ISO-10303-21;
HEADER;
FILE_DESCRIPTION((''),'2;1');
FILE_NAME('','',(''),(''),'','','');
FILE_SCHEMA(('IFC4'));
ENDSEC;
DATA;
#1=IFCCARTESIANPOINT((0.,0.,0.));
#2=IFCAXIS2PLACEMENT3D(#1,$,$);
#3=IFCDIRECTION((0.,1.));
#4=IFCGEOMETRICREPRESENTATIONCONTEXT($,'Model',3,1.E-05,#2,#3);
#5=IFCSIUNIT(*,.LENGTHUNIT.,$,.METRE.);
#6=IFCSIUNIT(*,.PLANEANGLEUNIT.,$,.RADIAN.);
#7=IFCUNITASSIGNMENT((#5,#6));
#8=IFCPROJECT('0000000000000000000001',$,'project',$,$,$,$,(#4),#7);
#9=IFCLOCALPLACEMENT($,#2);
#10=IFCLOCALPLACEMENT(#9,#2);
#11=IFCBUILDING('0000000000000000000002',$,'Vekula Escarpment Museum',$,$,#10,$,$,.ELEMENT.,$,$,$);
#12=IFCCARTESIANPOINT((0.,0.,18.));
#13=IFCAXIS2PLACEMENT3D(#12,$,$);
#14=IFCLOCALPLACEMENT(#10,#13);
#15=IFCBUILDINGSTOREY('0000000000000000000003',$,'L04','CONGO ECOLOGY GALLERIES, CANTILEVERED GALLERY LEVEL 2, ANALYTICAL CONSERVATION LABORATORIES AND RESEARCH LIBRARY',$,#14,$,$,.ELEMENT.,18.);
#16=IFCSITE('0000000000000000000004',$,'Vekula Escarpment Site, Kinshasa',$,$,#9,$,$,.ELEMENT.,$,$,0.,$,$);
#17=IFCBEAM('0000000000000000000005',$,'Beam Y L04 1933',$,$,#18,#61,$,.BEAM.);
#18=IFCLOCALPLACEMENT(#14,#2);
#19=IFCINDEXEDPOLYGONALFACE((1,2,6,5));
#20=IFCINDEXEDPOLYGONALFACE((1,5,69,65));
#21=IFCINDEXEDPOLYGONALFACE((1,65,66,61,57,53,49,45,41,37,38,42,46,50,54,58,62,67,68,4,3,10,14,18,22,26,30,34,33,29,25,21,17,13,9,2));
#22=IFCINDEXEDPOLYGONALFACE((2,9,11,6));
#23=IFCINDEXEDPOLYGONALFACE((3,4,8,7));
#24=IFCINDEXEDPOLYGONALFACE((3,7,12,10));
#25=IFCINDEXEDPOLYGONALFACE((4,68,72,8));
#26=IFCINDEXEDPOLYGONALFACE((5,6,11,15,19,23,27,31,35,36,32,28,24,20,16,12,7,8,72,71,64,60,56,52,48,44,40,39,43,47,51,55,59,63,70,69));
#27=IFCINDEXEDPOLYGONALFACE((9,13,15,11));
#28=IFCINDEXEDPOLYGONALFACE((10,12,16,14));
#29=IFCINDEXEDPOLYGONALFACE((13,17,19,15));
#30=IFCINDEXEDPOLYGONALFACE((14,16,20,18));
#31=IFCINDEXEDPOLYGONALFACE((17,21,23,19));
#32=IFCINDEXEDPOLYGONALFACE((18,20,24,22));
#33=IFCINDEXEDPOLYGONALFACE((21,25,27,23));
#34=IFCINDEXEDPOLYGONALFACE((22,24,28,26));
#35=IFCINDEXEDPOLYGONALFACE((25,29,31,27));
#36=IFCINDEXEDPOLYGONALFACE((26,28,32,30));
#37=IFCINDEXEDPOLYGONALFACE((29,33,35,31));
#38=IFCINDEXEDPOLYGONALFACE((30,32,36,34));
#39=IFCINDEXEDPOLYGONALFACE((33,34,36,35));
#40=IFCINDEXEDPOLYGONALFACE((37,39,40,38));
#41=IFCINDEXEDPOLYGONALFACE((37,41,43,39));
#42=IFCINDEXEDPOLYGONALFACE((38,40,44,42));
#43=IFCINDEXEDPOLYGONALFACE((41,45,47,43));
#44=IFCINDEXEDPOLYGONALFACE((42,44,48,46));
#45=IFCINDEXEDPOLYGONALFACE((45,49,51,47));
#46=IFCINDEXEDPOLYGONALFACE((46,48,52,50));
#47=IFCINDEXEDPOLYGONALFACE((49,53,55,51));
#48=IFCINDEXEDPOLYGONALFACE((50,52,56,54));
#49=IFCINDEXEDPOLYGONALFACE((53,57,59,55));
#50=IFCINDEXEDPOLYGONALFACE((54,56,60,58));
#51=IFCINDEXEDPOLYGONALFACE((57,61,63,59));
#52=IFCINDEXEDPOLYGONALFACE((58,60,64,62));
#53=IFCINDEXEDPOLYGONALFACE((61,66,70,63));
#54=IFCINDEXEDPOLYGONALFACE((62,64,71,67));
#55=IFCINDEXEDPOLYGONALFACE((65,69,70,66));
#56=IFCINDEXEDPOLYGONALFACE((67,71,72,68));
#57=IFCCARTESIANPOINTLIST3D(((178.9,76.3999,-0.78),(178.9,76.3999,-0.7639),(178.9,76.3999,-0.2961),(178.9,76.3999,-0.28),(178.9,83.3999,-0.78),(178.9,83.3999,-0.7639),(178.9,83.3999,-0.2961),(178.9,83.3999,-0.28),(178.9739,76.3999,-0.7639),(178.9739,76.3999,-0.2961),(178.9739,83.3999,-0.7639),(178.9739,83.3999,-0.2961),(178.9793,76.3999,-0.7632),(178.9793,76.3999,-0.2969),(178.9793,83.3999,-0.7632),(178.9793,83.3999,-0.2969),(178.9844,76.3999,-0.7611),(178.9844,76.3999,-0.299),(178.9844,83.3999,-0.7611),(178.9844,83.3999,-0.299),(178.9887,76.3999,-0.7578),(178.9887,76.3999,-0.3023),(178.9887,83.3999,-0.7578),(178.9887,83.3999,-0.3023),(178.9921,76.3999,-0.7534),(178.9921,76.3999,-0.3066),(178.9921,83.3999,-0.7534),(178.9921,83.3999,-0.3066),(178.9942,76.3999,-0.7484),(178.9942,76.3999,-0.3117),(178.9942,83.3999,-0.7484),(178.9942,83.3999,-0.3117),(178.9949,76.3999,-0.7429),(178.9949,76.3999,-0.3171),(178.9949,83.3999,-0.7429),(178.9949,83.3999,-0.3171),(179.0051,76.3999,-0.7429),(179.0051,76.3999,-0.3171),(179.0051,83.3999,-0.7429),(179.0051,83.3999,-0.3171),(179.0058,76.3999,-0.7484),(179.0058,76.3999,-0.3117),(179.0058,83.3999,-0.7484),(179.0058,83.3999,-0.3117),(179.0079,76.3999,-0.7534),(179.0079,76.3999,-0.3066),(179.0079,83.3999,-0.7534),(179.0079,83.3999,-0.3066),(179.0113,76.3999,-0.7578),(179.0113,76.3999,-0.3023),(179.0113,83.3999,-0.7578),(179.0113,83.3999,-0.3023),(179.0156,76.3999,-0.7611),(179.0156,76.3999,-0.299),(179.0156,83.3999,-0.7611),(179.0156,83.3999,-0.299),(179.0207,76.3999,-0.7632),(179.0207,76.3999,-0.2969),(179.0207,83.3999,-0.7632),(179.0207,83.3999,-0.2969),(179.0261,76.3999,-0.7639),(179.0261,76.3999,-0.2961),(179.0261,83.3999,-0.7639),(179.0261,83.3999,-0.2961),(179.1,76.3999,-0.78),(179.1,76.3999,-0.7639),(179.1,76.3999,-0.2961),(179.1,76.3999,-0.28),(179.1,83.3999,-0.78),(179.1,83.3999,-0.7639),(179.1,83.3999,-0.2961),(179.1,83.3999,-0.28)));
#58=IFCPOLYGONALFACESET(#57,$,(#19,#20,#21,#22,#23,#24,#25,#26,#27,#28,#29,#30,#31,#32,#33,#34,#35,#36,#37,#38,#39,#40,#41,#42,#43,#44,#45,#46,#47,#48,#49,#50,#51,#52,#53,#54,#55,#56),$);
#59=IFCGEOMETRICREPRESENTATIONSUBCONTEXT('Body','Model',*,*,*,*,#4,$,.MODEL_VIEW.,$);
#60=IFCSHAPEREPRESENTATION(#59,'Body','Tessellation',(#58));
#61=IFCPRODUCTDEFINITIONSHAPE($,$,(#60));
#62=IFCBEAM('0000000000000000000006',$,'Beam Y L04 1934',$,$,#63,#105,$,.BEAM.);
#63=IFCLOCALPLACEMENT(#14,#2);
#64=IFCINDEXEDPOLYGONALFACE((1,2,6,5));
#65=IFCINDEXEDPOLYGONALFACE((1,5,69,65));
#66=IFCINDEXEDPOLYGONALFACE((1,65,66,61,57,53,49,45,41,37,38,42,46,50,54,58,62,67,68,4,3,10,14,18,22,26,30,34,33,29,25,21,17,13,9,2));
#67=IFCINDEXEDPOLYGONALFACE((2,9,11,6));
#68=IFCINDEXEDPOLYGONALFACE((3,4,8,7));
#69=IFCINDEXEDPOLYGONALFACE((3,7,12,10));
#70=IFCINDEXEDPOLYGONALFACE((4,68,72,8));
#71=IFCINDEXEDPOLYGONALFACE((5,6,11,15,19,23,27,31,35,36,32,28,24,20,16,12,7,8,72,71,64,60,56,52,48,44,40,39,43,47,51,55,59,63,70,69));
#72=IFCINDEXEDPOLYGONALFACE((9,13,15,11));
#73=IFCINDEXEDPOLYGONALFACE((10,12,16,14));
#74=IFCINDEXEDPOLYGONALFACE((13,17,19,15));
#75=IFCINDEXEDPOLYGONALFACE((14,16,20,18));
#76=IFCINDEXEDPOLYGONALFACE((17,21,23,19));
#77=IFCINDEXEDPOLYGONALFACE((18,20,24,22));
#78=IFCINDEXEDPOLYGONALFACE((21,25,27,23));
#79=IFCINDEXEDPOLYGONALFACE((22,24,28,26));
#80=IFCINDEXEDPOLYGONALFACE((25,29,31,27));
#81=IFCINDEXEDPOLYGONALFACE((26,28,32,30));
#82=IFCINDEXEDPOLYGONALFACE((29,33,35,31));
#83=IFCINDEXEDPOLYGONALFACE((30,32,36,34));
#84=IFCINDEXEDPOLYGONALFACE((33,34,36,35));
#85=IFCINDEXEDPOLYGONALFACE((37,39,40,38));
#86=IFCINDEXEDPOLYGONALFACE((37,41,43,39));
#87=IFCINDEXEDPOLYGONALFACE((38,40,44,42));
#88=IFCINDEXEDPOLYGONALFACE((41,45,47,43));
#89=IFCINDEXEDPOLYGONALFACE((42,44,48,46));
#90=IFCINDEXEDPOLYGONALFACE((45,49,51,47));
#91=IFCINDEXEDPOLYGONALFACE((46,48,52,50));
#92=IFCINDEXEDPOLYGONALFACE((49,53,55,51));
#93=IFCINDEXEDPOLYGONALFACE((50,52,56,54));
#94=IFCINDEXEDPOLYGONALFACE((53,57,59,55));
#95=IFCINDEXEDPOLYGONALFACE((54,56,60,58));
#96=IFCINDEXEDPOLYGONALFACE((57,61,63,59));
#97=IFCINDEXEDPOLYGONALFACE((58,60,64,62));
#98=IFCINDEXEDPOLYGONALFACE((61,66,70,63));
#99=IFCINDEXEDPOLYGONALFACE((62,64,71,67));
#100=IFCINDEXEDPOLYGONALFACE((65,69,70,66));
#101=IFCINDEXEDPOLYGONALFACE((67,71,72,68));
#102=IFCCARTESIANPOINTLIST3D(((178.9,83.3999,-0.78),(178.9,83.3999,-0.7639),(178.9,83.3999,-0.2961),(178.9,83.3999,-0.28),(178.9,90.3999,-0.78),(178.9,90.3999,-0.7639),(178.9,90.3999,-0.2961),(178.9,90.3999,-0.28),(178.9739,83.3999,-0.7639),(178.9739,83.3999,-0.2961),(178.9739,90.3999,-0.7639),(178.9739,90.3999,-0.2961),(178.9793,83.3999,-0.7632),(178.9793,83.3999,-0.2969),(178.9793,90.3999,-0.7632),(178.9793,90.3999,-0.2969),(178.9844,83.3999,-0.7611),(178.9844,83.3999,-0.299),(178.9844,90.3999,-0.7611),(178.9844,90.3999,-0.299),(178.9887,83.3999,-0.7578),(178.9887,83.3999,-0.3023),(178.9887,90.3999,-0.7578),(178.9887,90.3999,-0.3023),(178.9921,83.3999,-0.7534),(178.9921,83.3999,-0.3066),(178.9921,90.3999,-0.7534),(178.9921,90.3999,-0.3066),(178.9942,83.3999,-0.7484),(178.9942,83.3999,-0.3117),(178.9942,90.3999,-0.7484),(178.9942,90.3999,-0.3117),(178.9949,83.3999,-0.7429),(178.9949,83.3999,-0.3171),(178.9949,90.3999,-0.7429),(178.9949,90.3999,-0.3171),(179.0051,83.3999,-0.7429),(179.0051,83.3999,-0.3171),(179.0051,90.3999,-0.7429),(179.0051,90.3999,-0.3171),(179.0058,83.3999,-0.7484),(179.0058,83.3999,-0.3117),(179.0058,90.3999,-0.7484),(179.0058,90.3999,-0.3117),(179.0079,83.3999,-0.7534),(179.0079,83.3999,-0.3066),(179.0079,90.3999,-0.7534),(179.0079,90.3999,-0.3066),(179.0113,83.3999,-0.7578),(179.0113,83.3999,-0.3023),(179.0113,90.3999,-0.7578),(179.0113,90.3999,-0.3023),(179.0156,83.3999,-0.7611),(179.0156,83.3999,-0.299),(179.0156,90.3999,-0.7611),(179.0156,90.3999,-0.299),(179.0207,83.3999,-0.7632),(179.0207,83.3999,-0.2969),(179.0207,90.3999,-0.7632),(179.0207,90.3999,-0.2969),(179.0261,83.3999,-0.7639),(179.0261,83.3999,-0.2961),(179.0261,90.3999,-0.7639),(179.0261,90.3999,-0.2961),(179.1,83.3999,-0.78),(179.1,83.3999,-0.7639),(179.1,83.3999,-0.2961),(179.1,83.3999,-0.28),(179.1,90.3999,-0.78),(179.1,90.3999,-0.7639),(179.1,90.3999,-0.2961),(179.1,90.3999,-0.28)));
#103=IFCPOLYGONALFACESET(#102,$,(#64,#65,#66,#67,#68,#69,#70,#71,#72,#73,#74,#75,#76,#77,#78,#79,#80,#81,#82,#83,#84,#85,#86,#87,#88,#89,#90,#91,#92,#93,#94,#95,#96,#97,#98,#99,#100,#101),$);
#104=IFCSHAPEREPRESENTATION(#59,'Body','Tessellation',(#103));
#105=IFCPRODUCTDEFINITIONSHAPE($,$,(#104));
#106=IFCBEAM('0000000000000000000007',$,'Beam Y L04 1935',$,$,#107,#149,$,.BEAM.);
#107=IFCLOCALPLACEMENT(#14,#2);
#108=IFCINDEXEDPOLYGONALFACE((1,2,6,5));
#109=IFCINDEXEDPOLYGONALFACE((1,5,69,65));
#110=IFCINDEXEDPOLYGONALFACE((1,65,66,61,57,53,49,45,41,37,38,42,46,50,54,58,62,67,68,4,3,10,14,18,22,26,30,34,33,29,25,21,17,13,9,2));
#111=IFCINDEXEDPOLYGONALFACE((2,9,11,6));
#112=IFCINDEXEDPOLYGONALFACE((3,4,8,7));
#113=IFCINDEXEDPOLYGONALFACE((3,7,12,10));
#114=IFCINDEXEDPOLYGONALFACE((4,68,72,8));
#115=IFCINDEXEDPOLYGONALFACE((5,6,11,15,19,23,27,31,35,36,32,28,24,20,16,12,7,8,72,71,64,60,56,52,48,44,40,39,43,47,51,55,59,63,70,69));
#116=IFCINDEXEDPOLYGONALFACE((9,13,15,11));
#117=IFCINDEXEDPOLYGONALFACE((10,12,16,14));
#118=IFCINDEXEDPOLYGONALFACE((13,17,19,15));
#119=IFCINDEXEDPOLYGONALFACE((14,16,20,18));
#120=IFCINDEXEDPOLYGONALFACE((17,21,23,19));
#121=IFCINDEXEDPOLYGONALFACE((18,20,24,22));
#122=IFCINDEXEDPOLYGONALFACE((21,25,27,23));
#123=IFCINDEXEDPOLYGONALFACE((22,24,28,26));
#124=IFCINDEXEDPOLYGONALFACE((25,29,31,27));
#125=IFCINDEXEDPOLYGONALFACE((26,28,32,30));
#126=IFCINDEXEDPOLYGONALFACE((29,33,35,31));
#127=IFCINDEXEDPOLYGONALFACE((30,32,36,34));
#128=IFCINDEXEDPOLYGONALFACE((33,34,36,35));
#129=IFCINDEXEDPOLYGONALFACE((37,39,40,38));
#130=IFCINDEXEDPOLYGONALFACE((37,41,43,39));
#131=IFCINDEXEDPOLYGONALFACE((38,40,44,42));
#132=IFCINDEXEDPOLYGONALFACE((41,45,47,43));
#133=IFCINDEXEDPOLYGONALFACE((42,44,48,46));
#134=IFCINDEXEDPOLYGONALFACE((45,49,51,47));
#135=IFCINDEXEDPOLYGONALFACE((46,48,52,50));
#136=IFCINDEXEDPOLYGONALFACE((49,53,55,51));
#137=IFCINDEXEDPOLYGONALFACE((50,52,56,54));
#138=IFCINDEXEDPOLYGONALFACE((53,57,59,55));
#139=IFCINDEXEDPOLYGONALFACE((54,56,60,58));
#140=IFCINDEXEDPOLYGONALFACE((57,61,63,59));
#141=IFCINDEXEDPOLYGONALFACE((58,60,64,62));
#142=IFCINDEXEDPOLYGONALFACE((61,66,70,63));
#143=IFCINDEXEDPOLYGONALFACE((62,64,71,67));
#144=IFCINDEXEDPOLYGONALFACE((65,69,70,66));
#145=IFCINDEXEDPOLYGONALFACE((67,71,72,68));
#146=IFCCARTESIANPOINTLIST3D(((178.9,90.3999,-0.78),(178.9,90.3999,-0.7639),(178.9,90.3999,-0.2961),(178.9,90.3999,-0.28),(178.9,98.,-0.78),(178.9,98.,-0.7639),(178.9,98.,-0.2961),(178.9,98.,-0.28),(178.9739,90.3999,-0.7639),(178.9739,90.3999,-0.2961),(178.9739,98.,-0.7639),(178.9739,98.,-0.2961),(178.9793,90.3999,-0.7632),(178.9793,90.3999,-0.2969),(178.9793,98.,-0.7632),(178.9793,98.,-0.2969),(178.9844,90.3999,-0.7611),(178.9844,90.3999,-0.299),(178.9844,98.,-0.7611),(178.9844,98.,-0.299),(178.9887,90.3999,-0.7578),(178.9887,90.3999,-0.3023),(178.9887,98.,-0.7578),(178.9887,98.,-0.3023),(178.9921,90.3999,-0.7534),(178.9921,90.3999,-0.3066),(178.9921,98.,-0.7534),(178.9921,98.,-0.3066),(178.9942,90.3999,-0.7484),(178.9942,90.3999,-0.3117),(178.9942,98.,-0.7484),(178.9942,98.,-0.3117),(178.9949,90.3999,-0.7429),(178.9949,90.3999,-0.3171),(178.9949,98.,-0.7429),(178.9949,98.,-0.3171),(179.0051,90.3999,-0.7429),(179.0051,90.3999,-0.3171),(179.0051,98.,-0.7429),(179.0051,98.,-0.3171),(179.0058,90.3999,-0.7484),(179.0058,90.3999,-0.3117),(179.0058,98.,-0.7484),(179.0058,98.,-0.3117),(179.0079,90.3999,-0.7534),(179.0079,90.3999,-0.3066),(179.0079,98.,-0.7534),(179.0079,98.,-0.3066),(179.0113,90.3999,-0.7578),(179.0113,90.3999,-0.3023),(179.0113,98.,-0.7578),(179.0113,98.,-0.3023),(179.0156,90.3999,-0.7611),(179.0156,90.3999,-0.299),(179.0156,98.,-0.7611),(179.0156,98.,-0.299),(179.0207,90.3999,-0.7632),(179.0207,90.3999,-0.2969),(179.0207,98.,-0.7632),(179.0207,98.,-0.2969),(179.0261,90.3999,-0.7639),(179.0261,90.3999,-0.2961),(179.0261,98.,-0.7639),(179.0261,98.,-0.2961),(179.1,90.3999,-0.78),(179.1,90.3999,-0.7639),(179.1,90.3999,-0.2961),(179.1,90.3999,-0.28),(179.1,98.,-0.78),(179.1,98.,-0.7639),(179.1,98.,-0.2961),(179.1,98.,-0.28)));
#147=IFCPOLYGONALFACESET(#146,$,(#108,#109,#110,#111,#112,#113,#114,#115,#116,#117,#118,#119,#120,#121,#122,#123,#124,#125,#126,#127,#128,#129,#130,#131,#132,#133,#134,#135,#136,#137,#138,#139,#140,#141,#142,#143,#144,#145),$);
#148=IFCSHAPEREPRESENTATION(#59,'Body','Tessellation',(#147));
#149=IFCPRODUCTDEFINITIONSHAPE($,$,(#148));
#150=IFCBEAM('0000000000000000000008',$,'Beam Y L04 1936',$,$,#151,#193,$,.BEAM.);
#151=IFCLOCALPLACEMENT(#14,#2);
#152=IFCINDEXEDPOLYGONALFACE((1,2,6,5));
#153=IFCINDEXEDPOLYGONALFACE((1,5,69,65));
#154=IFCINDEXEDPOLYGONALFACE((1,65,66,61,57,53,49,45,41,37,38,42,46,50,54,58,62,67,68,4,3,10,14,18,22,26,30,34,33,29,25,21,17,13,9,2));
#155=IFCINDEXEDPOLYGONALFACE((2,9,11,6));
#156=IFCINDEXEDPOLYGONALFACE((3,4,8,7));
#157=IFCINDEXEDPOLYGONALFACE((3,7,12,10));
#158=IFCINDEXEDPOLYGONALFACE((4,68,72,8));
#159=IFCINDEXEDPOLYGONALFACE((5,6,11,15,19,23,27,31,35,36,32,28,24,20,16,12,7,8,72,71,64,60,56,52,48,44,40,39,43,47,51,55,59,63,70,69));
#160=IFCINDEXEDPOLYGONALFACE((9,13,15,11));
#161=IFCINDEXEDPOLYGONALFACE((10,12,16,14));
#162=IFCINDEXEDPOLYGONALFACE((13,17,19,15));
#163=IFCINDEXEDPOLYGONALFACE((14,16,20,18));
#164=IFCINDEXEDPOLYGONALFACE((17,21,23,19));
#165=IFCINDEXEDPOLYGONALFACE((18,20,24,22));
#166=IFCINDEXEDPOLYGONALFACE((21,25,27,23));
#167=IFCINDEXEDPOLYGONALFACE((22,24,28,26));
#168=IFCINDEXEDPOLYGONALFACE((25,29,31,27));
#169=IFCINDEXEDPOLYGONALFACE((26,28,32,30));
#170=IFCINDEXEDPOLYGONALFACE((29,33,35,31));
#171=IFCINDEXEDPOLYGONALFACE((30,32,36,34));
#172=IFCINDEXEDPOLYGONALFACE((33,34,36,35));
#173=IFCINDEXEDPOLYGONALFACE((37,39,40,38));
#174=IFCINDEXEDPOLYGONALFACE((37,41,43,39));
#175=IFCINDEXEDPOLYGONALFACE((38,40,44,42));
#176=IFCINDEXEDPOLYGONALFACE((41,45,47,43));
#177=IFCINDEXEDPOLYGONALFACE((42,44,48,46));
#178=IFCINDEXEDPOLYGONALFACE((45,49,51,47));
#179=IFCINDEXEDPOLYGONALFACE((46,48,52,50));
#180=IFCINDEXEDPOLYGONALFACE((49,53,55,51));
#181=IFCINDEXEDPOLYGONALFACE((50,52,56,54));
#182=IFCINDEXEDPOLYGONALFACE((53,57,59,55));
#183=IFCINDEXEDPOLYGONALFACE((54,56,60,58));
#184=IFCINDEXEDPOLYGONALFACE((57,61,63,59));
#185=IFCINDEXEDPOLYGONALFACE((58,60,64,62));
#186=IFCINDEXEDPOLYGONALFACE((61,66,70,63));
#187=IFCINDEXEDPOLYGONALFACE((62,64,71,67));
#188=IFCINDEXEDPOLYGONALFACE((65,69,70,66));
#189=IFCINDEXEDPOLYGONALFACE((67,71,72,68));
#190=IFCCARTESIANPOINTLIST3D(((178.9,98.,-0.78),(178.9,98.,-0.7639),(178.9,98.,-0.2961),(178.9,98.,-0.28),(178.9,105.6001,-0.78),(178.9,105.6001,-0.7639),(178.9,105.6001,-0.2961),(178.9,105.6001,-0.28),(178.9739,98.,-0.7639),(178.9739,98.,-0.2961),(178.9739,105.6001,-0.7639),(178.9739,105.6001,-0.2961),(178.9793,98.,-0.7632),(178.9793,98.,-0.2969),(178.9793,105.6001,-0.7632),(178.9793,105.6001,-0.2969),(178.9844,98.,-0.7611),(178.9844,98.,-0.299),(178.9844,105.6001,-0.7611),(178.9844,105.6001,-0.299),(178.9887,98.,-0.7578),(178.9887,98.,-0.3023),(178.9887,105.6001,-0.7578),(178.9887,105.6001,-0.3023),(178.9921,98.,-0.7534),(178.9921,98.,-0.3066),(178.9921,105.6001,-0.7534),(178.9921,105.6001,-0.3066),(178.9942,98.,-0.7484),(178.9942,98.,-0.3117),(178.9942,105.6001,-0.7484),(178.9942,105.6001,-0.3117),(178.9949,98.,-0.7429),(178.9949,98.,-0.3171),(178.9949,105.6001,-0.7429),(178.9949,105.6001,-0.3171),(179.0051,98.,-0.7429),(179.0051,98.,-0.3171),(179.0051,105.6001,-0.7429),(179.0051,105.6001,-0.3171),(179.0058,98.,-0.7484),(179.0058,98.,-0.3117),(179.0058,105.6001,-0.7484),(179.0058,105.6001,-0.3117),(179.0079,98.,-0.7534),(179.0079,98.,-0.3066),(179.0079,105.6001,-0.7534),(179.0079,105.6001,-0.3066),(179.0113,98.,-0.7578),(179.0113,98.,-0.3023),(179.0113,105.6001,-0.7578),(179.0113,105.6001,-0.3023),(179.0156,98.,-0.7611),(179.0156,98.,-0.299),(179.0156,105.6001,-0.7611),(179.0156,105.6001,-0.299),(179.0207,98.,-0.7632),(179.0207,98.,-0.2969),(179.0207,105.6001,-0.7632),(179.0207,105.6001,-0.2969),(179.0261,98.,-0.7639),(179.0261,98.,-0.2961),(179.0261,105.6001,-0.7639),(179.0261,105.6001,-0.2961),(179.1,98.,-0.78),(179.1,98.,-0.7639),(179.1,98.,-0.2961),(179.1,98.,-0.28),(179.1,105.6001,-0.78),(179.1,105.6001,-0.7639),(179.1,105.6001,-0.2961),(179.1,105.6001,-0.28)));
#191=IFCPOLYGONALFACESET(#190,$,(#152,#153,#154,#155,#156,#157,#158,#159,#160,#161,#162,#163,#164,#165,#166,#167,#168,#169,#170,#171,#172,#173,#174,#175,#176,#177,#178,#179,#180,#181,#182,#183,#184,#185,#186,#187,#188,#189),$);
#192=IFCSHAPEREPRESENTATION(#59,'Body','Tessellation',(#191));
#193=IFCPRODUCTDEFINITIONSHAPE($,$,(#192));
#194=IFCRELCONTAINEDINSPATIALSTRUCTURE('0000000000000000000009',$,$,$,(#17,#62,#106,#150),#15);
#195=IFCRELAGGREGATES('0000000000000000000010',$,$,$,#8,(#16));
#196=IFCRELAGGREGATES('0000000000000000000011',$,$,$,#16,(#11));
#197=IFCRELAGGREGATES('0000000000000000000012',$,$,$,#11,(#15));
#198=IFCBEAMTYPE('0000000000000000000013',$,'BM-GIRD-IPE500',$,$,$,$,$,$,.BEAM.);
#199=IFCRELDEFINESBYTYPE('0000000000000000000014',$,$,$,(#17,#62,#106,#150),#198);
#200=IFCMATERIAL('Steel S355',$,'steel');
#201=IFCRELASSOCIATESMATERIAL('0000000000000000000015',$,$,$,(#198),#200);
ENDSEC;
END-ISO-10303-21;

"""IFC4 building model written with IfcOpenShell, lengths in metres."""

from ifc_helpers import new_model, si_unit, direction, frame, origin, origin_2d, place, context, subcontext, project, spatial, i_section, extrude, material, material_profile, profile_set, type_object, element, save


model = new_model("IFC4")

# Units and contexts
model_context = context("Model", 3, precision=1e-05, world=origin(), true_north=direction((0.0, 1.0)))
body_context = subcontext(model_context, "Body", "Model", "MODEL_VIEW")
ifc_project = project(units=[si_unit("LENGTHUNIT", "METRE"), si_unit("PLANEANGLEUNIT", "RADIAN")], contexts=[model_context])

# Site, building, storey
site_placement = place(None, origin())
site = spatial("IfcSite", under=ifc_project, at=site_placement, Name="Vekula Escarpment Site, Kinshasa", CompositionType="ELEMENT", RefElevation=0.0)
building_placement = place(site_placement, origin())
building = spatial("IfcBuilding", under=site, at=building_placement, Name="Vekula Escarpment Museum", CompositionType="ELEMENT")
storey_placement = place(building_placement, frame((0.0, 0.0, 18.0)))
storey = spatial("IfcBuildingStorey", under=building, at=storey_placement, Name="L04", Description="CONGO ECOLOGY GALLERIES, CANTILEVERED GALLERY LEVEL 2, ANALYTICAL CONSERVATION LABORATORIES AND RESEARCH LIBRARY", CompositionType="ELEMENT", Elevation=18.0)

# Beams
ifc_material_1 = material(Name="Steel S355", Category="steel")
ifc_material_profile_1 = material_profile(ifc_material_1, i_section(OverallWidth=0.2, OverallDepth=0.5, WebThickness=0.0103, FlangeThickness=0.0161, FilletRadius=0.021, at=origin_2d()), Name="IPE 500")
ifc_profile_set_1 = profile_set([ifc_material_profile_1], Name="Steel S355")
beam_type_1 = type_object("IfcBeamType", Name="BM-GIRD-IPE500", PredefinedType="BEAM", material=ifc_profile_set_1)
for number, where, z_axis, x_axis, name in (
    (1, (179.0, 76.3999, -0.53), (0.0, 1.0, 0.0), (-1.0, 0.0, 0.0), "Beam Y L04 1933"),
    (2, (179.0, 83.3999, -0.53), (0.0, 1.0, 0.0), (-1.0, 0.0, 0.0), "Beam Y L04 1934"),
):
    element("IfcBeam", number, at=place(storey_placement, frame(where, z_axis=z_axis, x_axis=x_axis)), inside=storey, type_object=beam_type_1, Name=name, PredefinedType="BEAM", context=body_context, shape_type="SweptSolid", body=[
        extrude(i_section(OverallWidth=0.2, OverallDepth=0.5, WebThickness=0.0103, FlangeThickness=0.0161, FilletRadius=0.021, at=origin_2d()), origin(), (0.0, 0.0, 1.0), 7.0),
    ])
for number, where, z_axis, x_axis, name in (
    (3, (179.0, 90.3999, -0.53), (0.0, 1.0, 0.0), (-1.0, 0.0, 0.0), "Beam Y L04 1935"),
    (4, (179.0, 98.0, -0.53), (0.0, 1.0, 0.0), (-1.0, 0.0, 0.0), "Beam Y L04 1936"),
):
    element("IfcBeam", number, at=place(storey_placement, frame(where, z_axis=z_axis, x_axis=x_axis)), inside=storey, type_object=beam_type_1, Name=name, PredefinedType="BEAM", context=body_context, shape_type="SweptSolid", body=[
        extrude(i_section(OverallWidth=0.2, OverallDepth=0.5, WebThickness=0.0103, FlangeThickness=0.0161, FilletRadius=0.021, at=origin_2d()), origin(), (0.0, 0.0, 1.0), 7.6001),
    ])

save(model, "model.ifc")
